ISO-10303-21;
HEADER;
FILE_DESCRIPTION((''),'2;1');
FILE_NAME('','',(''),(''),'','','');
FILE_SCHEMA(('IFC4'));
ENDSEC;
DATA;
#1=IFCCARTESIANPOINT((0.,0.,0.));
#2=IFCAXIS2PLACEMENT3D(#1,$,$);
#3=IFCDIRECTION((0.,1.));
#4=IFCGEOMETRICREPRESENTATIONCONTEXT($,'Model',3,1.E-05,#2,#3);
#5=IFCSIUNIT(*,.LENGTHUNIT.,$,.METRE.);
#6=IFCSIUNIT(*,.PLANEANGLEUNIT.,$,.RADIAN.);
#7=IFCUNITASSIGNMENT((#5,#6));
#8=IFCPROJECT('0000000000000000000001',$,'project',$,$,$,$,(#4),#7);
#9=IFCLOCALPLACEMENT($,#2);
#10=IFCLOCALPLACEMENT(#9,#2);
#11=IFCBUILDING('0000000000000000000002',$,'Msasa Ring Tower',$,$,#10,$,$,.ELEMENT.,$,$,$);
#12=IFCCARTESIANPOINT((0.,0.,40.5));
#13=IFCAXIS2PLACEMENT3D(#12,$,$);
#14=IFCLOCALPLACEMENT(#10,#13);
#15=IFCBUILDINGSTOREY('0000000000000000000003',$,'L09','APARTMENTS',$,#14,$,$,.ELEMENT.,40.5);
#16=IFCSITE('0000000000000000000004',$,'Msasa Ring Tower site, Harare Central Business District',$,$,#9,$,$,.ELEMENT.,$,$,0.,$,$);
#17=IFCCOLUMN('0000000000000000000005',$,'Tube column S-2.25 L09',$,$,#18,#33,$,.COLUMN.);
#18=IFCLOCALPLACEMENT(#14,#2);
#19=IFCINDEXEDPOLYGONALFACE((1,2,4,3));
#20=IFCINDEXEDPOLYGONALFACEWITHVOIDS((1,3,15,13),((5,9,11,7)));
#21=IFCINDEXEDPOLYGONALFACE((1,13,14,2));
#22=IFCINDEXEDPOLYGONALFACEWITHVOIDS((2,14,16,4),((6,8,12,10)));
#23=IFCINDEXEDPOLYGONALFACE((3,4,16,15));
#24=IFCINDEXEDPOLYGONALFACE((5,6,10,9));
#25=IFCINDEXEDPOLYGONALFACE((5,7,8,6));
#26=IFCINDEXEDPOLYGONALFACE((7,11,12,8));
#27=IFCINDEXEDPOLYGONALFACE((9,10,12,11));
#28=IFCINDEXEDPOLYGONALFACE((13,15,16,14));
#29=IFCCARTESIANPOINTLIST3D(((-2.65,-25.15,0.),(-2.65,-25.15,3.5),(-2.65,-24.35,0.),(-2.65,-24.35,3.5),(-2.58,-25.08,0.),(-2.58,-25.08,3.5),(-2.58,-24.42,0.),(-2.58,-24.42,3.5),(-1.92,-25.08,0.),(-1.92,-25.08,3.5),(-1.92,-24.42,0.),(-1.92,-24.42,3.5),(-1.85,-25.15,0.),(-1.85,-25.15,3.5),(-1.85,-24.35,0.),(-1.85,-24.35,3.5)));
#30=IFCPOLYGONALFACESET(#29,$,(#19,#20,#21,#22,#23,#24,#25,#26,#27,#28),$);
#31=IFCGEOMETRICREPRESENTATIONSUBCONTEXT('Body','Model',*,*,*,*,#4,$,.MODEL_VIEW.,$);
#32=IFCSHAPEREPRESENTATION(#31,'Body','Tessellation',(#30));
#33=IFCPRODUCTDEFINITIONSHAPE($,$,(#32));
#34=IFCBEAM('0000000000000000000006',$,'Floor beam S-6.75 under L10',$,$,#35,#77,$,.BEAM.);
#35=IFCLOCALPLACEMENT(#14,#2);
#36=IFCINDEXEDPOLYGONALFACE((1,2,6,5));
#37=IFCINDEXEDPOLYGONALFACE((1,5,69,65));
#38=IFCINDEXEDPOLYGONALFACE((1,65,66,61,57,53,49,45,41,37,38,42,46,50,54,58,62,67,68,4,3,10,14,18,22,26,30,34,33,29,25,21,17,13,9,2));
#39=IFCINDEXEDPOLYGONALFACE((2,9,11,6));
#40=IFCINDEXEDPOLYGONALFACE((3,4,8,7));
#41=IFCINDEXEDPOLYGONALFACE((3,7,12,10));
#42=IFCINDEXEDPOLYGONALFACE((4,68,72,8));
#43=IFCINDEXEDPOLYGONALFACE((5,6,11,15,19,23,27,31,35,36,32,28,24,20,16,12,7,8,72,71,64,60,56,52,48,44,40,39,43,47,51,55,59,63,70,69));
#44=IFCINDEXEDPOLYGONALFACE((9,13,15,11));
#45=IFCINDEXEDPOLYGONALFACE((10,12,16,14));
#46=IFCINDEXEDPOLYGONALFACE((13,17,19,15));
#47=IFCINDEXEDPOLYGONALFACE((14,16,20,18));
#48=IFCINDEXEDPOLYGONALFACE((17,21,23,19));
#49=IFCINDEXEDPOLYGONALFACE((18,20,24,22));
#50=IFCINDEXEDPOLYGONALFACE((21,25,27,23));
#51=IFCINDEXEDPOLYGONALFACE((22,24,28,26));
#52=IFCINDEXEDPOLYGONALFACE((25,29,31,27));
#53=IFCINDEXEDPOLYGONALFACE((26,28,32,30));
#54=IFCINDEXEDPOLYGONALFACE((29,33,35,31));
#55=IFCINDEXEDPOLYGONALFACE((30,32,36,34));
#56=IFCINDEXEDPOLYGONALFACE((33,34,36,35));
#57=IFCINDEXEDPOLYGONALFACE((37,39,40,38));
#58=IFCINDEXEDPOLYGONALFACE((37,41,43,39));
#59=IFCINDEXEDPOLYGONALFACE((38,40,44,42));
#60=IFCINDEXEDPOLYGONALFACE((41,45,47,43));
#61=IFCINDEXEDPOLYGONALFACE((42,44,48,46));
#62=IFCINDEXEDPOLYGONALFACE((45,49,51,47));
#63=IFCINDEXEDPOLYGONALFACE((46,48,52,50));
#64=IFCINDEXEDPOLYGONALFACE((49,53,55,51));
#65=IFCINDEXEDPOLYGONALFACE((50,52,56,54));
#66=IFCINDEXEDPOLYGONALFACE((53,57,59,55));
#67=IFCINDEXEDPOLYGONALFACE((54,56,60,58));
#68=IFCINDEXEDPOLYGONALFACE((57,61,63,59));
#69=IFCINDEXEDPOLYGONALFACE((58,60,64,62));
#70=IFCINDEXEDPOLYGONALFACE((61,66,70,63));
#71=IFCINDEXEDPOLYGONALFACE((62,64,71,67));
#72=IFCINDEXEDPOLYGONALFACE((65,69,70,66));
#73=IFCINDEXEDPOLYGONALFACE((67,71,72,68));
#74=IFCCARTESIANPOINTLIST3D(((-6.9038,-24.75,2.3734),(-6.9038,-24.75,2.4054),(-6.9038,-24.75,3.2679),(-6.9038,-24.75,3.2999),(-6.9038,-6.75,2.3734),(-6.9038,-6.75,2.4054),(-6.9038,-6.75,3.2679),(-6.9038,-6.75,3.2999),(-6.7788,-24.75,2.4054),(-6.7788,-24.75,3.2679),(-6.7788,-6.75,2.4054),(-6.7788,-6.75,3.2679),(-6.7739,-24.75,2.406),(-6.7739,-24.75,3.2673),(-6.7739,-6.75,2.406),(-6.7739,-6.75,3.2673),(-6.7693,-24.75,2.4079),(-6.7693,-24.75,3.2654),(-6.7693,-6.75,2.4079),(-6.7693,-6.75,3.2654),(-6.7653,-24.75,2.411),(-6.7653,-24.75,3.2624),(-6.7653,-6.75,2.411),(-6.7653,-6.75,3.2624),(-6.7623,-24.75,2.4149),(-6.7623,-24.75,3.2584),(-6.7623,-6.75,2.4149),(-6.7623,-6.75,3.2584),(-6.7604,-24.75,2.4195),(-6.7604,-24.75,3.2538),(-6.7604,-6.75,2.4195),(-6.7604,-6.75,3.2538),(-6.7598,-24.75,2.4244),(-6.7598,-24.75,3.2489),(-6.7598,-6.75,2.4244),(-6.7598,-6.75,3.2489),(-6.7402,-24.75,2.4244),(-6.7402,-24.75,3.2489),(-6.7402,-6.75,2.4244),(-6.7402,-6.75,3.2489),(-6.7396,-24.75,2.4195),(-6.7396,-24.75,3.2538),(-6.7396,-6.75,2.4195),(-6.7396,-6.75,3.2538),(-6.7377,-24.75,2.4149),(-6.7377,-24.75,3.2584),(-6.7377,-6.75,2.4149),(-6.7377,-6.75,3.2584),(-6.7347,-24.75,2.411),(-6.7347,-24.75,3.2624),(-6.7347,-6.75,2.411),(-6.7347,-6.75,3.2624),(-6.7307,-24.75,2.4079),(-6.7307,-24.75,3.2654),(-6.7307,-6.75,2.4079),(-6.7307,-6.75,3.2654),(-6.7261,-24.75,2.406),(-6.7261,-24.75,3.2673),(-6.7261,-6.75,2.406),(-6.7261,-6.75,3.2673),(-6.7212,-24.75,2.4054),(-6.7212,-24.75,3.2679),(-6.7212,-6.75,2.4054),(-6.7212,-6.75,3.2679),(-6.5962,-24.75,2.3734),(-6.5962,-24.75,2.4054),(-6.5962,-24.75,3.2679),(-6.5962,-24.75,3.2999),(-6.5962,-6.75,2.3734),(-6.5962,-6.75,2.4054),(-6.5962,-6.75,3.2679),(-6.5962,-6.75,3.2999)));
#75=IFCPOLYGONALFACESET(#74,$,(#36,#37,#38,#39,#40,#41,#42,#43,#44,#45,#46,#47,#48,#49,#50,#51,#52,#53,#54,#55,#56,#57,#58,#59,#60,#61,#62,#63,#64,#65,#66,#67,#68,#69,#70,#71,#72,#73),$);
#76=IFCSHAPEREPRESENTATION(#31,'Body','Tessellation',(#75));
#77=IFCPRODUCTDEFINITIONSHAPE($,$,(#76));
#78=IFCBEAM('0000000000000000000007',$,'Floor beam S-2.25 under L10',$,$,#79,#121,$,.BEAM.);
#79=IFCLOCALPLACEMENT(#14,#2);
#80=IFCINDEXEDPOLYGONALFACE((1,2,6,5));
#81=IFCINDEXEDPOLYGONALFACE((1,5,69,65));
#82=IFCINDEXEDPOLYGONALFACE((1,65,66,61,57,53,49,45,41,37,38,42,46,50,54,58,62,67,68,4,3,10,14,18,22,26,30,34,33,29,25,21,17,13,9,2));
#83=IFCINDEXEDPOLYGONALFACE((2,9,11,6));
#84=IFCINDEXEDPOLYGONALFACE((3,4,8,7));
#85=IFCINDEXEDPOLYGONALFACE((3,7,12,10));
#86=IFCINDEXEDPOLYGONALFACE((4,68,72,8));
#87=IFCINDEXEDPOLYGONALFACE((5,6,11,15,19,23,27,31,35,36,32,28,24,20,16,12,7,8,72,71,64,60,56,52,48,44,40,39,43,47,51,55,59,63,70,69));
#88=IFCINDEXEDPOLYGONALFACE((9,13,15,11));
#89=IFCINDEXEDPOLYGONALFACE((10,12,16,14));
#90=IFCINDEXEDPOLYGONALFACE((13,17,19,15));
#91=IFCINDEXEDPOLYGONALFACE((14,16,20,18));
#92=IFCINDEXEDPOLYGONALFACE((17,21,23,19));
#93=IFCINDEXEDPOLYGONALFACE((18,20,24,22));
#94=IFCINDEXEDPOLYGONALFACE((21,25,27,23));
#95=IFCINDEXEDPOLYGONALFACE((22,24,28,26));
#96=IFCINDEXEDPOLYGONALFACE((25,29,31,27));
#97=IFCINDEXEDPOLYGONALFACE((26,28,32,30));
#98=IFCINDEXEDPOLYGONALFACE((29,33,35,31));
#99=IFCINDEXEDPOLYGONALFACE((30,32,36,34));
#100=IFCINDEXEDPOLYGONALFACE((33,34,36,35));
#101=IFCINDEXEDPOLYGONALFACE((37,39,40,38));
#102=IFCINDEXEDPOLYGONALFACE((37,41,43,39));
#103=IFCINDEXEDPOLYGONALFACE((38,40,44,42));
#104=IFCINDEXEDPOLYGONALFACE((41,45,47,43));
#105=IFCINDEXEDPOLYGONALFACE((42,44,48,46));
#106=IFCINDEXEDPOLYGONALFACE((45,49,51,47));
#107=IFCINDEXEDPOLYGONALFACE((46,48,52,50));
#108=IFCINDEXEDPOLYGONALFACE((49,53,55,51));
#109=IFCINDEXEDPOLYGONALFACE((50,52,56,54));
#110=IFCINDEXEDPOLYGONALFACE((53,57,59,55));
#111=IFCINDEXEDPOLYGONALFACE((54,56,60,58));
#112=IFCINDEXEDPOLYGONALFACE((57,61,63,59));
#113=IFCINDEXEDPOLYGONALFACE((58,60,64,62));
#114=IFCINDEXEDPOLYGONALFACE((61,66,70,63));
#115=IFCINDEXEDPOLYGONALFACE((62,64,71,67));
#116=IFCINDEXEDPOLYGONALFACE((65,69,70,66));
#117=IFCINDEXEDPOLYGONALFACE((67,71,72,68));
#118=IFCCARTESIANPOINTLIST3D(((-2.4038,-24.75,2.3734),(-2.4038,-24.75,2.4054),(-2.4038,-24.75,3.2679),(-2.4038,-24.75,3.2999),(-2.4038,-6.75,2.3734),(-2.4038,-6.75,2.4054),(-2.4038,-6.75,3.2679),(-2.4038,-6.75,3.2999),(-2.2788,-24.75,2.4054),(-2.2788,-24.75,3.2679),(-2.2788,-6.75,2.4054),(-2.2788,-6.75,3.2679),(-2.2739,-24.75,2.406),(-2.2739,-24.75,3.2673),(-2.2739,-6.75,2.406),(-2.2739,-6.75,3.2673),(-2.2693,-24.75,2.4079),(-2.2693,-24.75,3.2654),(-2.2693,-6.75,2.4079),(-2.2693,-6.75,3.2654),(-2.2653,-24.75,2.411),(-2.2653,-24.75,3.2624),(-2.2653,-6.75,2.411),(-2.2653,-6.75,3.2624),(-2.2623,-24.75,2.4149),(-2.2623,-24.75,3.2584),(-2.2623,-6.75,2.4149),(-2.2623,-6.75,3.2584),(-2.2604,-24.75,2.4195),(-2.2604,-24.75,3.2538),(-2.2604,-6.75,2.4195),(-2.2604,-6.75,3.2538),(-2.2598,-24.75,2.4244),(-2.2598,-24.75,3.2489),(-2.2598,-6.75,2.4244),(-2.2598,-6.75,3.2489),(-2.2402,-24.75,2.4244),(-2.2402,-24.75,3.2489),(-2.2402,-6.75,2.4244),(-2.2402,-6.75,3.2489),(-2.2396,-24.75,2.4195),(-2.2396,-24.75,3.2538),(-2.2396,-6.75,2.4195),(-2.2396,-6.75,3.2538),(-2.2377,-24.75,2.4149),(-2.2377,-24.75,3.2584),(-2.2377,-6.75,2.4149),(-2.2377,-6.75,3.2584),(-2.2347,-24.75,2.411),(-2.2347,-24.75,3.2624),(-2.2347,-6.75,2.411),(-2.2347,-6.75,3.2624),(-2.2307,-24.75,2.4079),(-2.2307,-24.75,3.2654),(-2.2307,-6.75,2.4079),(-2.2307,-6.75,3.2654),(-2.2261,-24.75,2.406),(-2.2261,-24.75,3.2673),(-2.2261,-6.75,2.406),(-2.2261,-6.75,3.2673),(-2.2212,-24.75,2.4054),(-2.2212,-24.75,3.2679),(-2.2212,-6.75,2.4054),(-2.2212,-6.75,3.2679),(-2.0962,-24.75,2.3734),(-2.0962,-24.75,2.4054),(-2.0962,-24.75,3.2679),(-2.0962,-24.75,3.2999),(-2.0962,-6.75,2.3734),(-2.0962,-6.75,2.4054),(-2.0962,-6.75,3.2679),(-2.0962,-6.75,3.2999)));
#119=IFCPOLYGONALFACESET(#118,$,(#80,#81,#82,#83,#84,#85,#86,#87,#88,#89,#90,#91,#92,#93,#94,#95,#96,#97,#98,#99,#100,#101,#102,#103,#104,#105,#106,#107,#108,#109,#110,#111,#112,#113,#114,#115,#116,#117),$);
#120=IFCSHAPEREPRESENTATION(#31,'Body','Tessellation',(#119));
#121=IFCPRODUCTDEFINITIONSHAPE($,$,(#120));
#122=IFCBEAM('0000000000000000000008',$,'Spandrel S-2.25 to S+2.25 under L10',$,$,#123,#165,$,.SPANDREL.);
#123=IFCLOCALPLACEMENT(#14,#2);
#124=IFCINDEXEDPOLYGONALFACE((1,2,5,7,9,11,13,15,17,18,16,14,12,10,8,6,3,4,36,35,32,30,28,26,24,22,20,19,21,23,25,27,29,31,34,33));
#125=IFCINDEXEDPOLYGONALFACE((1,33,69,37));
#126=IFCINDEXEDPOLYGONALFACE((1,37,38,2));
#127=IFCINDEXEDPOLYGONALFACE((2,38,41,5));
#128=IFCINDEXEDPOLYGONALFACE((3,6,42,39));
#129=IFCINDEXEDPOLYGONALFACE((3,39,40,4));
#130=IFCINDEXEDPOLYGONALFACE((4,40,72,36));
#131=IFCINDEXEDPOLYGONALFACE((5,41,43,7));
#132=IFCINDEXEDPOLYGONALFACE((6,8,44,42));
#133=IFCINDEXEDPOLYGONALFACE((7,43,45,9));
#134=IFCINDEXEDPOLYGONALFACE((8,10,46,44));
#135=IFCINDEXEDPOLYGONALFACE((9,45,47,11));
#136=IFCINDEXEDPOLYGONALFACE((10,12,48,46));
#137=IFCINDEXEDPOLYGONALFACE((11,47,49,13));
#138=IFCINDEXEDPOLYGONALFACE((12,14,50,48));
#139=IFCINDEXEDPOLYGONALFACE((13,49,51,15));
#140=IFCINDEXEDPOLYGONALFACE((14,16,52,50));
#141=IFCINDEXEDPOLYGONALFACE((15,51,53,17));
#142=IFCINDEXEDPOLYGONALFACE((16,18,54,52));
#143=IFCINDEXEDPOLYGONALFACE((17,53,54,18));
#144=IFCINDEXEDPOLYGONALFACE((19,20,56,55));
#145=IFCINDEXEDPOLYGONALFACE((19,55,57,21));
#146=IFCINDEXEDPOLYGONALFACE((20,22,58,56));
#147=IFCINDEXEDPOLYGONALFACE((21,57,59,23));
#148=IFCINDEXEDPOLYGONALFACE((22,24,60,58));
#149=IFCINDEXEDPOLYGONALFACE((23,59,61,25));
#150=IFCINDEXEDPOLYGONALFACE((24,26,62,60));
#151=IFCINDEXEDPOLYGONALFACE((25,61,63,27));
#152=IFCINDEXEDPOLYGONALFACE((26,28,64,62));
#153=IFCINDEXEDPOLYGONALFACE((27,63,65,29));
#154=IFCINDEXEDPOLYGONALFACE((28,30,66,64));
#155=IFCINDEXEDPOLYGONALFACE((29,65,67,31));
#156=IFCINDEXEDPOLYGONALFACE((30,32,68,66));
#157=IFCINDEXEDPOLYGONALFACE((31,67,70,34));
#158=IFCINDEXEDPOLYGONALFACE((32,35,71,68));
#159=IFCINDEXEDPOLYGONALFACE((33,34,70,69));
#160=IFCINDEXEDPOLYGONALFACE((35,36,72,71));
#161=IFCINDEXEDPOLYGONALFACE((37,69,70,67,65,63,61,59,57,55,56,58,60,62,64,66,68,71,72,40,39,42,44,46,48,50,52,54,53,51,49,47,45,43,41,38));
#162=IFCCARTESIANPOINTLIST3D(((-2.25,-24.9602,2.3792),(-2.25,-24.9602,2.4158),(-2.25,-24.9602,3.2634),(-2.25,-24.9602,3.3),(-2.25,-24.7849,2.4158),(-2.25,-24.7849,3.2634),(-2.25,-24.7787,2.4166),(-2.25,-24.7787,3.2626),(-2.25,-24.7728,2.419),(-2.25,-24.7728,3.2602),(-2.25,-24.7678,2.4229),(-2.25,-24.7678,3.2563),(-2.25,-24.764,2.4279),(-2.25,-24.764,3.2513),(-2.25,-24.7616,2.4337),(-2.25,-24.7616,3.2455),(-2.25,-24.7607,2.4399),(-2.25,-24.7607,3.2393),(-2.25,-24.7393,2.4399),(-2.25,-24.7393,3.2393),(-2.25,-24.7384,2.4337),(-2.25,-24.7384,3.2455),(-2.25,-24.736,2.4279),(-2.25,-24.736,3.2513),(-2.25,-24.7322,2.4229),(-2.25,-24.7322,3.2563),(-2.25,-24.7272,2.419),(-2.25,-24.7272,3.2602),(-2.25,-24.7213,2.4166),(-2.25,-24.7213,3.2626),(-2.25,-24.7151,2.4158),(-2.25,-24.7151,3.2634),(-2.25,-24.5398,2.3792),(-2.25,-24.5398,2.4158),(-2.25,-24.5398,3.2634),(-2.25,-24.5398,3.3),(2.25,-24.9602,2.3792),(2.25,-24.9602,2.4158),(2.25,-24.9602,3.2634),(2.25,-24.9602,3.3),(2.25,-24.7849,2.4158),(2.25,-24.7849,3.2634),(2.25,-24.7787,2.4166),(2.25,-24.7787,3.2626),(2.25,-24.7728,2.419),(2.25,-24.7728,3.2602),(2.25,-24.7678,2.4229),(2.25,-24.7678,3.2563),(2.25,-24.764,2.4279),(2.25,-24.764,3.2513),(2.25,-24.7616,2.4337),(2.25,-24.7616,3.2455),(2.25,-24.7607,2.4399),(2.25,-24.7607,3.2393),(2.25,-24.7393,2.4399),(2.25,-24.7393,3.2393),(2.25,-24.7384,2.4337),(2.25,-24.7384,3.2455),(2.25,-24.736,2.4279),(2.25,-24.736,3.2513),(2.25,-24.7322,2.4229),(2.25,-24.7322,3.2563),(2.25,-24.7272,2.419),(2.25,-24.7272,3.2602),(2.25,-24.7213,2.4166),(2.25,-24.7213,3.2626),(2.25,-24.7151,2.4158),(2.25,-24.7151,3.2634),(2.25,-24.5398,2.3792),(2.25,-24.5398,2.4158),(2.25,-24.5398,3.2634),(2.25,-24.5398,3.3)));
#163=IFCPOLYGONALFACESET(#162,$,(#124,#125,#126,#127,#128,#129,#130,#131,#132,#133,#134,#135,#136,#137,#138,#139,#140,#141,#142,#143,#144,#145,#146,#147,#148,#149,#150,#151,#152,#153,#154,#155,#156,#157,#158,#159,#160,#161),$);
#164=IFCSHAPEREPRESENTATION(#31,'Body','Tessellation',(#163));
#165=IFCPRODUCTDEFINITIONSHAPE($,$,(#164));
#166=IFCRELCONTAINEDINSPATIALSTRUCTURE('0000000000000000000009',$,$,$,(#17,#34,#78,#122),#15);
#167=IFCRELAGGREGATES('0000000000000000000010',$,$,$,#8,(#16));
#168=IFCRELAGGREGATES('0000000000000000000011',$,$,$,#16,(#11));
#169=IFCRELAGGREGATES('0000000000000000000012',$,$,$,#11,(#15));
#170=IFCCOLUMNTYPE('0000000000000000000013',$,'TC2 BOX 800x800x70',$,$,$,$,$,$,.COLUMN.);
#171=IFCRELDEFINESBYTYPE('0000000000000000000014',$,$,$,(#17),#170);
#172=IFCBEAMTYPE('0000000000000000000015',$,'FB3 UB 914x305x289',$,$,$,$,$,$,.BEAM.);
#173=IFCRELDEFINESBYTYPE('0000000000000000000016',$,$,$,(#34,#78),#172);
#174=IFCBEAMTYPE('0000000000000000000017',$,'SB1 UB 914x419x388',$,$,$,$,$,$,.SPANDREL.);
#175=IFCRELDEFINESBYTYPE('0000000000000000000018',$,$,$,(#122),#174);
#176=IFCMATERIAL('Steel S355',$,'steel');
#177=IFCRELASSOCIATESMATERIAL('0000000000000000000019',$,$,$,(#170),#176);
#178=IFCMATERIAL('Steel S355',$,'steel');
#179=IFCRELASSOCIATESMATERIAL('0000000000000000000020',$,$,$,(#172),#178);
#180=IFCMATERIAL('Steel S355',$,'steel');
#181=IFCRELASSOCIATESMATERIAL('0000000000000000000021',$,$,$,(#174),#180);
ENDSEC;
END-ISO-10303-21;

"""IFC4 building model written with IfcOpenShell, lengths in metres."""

from ifc_helpers import new_model, si_unit, direction, frame, origin, origin_2d, place, context, subcontext, project, spatial, hollow_rectangle, i_section, extrude, material, material_profile, profile_set, type_object, element, save


model = new_model("IFC4")

# Units and contexts
model_context = context("Model", 3, precision=1e-05, world=origin(), true_north=direction((0.0, 1.0)))
body_context = subcontext(model_context, "Body", "Model", "MODEL_VIEW")
ifc_project = project(units=[si_unit("LENGTHUNIT", "METRE"), si_unit("PLANEANGLEUNIT", "RADIAN")], contexts=[model_context])

# Site, building, storey
site_placement = place(None, origin())
site = spatial("IfcSite", under=ifc_project, at=site_placement, Name="Msasa Ring Tower site, Harare Central Business District", CompositionType="ELEMENT", RefElevation=0.0)
building_placement = place(site_placement, origin())
building = spatial("IfcBuilding", under=site, at=building_placement, Name="Msasa Ring Tower", CompositionType="ELEMENT")
storey_placement = place(building_placement, frame((0.0, 0.0, 40.5)))
storey = spatial("IfcBuildingStorey", under=building, at=storey_placement, Name="L09", Description="APARTMENTS", CompositionType="ELEMENT", Elevation=40.5)

# Column
ifc_material_1 = material(Name="Steel S355", Category="steel")
ifc_material_profile_1 = material_profile(ifc_material_1, hollow_rectangle(XDim=0.8, YDim=0.8, WallThickness=0.0701, at=origin_2d()), Name="BOX 800x800x70")
ifc_profile_set_1 = profile_set([ifc_material_profile_1], Name="Steel S355")
column_type = type_object("IfcColumnType", Name="TC2 BOX 800x800x70", PredefinedType="COLUMN", material=ifc_profile_set_1)
column_placement = place(storey_placement, frame((-2.25, -24.75, 0.0), z_axis=(0.0, 0.0, 1.0), x_axis=(0.0, 1.0, 0.0)))
element("IfcColumn", 1, at=column_placement, inside=storey, type_object=column_type, Name="Tube column S-2.25 L09", PredefinedType="COLUMN", context=body_context, shape_type="SweptSolid", body=[
    extrude(hollow_rectangle(XDim=0.8, YDim=0.8, WallThickness=0.0701, at=origin_2d()), origin(), (0.0, 0.0, 1.0), 3.5),
])

# Beams
ifc_material_2 = material(Name="Steel S355", Category="steel")
ifc_material_profile_2 = material_profile(ifc_material_2, i_section(OverallWidth=0.3076, OverallDepth=0.9265, WebThickness=0.0195, FlangeThickness=0.032, FilletRadius=0.019, at=origin_2d()), Name="UB 914x305x289")
ifc_profile_set_2 = profile_set([ifc_material_profile_2], Name="Steel S355")
beam_type_1 = type_object("IfcBeamType", Name="FB3 UB 914x305x289", PredefinedType="BEAM", material=ifc_profile_set_2)
for number, where, z_axis, x_axis, name in (
    (2, (-6.75, -24.75, 2.8367), (0.0, 1.0, 0.0), (-1.0, 0.0, 0.0), "Floor beam S-6.75 under L10"),
    (3, (-2.25, -24.75, 2.8367), (0.0, 1.0, 0.0), (-1.0, 0.0, 0.0), "Floor beam S-2.25 under L10"),
):
    element("IfcBeam", number, at=place(storey_placement, frame(where, z_axis=z_axis, x_axis=x_axis)), inside=storey, type_object=beam_type_1, Name=name, PredefinedType="BEAM", context=body_context, shape_type="SweptSolid", body=[
        extrude(i_section(OverallWidth=0.3076, OverallDepth=0.9265, WebThickness=0.0195, FlangeThickness=0.032, FilletRadius=0.019, at=origin_2d()), origin(), (0.0, 0.0, 1.0), 18.0),
    ])
ifc_material_3 = material(Name="Steel S355", Category="steel")
ifc_material_profile_3 = material_profile(ifc_material_3, i_section(OverallWidth=0.4204, OverallDepth=0.9209, WebThickness=0.0215, FlangeThickness=0.0366, FilletRadius=0.0242, at=origin_2d()), Name="UB 914x419x388")
ifc_profile_set_3 = profile_set([ifc_material_profile_3], Name="Steel S355")
beam_type_2 = type_object("IfcBeamType", Name="SB1 UB 914x419x388", PredefinedType="SPANDREL", material=ifc_profile_set_3)
beam_placement = place(storey_placement, frame((-2.25, -24.75, 2.8396), z_axis=(1.0, 0.0, 0.0), x_axis=(0.0, 1.0, 0.0)))
element("IfcBeam", 4, at=beam_placement, inside=storey, type_object=beam_type_2, Name="Spandrel S-2.25 to S+2.25 under L10", PredefinedType="SPANDREL", context=body_context, shape_type="SweptSolid", body=[
    extrude(i_section(OverallWidth=0.4204, OverallDepth=0.9209, WebThickness=0.0215, FlangeThickness=0.0366, FilletRadius=0.0242, at=origin_2d()), origin(), (0.0, 0.0, 1.0), 4.5),
])

save(model, "model.ifc")
